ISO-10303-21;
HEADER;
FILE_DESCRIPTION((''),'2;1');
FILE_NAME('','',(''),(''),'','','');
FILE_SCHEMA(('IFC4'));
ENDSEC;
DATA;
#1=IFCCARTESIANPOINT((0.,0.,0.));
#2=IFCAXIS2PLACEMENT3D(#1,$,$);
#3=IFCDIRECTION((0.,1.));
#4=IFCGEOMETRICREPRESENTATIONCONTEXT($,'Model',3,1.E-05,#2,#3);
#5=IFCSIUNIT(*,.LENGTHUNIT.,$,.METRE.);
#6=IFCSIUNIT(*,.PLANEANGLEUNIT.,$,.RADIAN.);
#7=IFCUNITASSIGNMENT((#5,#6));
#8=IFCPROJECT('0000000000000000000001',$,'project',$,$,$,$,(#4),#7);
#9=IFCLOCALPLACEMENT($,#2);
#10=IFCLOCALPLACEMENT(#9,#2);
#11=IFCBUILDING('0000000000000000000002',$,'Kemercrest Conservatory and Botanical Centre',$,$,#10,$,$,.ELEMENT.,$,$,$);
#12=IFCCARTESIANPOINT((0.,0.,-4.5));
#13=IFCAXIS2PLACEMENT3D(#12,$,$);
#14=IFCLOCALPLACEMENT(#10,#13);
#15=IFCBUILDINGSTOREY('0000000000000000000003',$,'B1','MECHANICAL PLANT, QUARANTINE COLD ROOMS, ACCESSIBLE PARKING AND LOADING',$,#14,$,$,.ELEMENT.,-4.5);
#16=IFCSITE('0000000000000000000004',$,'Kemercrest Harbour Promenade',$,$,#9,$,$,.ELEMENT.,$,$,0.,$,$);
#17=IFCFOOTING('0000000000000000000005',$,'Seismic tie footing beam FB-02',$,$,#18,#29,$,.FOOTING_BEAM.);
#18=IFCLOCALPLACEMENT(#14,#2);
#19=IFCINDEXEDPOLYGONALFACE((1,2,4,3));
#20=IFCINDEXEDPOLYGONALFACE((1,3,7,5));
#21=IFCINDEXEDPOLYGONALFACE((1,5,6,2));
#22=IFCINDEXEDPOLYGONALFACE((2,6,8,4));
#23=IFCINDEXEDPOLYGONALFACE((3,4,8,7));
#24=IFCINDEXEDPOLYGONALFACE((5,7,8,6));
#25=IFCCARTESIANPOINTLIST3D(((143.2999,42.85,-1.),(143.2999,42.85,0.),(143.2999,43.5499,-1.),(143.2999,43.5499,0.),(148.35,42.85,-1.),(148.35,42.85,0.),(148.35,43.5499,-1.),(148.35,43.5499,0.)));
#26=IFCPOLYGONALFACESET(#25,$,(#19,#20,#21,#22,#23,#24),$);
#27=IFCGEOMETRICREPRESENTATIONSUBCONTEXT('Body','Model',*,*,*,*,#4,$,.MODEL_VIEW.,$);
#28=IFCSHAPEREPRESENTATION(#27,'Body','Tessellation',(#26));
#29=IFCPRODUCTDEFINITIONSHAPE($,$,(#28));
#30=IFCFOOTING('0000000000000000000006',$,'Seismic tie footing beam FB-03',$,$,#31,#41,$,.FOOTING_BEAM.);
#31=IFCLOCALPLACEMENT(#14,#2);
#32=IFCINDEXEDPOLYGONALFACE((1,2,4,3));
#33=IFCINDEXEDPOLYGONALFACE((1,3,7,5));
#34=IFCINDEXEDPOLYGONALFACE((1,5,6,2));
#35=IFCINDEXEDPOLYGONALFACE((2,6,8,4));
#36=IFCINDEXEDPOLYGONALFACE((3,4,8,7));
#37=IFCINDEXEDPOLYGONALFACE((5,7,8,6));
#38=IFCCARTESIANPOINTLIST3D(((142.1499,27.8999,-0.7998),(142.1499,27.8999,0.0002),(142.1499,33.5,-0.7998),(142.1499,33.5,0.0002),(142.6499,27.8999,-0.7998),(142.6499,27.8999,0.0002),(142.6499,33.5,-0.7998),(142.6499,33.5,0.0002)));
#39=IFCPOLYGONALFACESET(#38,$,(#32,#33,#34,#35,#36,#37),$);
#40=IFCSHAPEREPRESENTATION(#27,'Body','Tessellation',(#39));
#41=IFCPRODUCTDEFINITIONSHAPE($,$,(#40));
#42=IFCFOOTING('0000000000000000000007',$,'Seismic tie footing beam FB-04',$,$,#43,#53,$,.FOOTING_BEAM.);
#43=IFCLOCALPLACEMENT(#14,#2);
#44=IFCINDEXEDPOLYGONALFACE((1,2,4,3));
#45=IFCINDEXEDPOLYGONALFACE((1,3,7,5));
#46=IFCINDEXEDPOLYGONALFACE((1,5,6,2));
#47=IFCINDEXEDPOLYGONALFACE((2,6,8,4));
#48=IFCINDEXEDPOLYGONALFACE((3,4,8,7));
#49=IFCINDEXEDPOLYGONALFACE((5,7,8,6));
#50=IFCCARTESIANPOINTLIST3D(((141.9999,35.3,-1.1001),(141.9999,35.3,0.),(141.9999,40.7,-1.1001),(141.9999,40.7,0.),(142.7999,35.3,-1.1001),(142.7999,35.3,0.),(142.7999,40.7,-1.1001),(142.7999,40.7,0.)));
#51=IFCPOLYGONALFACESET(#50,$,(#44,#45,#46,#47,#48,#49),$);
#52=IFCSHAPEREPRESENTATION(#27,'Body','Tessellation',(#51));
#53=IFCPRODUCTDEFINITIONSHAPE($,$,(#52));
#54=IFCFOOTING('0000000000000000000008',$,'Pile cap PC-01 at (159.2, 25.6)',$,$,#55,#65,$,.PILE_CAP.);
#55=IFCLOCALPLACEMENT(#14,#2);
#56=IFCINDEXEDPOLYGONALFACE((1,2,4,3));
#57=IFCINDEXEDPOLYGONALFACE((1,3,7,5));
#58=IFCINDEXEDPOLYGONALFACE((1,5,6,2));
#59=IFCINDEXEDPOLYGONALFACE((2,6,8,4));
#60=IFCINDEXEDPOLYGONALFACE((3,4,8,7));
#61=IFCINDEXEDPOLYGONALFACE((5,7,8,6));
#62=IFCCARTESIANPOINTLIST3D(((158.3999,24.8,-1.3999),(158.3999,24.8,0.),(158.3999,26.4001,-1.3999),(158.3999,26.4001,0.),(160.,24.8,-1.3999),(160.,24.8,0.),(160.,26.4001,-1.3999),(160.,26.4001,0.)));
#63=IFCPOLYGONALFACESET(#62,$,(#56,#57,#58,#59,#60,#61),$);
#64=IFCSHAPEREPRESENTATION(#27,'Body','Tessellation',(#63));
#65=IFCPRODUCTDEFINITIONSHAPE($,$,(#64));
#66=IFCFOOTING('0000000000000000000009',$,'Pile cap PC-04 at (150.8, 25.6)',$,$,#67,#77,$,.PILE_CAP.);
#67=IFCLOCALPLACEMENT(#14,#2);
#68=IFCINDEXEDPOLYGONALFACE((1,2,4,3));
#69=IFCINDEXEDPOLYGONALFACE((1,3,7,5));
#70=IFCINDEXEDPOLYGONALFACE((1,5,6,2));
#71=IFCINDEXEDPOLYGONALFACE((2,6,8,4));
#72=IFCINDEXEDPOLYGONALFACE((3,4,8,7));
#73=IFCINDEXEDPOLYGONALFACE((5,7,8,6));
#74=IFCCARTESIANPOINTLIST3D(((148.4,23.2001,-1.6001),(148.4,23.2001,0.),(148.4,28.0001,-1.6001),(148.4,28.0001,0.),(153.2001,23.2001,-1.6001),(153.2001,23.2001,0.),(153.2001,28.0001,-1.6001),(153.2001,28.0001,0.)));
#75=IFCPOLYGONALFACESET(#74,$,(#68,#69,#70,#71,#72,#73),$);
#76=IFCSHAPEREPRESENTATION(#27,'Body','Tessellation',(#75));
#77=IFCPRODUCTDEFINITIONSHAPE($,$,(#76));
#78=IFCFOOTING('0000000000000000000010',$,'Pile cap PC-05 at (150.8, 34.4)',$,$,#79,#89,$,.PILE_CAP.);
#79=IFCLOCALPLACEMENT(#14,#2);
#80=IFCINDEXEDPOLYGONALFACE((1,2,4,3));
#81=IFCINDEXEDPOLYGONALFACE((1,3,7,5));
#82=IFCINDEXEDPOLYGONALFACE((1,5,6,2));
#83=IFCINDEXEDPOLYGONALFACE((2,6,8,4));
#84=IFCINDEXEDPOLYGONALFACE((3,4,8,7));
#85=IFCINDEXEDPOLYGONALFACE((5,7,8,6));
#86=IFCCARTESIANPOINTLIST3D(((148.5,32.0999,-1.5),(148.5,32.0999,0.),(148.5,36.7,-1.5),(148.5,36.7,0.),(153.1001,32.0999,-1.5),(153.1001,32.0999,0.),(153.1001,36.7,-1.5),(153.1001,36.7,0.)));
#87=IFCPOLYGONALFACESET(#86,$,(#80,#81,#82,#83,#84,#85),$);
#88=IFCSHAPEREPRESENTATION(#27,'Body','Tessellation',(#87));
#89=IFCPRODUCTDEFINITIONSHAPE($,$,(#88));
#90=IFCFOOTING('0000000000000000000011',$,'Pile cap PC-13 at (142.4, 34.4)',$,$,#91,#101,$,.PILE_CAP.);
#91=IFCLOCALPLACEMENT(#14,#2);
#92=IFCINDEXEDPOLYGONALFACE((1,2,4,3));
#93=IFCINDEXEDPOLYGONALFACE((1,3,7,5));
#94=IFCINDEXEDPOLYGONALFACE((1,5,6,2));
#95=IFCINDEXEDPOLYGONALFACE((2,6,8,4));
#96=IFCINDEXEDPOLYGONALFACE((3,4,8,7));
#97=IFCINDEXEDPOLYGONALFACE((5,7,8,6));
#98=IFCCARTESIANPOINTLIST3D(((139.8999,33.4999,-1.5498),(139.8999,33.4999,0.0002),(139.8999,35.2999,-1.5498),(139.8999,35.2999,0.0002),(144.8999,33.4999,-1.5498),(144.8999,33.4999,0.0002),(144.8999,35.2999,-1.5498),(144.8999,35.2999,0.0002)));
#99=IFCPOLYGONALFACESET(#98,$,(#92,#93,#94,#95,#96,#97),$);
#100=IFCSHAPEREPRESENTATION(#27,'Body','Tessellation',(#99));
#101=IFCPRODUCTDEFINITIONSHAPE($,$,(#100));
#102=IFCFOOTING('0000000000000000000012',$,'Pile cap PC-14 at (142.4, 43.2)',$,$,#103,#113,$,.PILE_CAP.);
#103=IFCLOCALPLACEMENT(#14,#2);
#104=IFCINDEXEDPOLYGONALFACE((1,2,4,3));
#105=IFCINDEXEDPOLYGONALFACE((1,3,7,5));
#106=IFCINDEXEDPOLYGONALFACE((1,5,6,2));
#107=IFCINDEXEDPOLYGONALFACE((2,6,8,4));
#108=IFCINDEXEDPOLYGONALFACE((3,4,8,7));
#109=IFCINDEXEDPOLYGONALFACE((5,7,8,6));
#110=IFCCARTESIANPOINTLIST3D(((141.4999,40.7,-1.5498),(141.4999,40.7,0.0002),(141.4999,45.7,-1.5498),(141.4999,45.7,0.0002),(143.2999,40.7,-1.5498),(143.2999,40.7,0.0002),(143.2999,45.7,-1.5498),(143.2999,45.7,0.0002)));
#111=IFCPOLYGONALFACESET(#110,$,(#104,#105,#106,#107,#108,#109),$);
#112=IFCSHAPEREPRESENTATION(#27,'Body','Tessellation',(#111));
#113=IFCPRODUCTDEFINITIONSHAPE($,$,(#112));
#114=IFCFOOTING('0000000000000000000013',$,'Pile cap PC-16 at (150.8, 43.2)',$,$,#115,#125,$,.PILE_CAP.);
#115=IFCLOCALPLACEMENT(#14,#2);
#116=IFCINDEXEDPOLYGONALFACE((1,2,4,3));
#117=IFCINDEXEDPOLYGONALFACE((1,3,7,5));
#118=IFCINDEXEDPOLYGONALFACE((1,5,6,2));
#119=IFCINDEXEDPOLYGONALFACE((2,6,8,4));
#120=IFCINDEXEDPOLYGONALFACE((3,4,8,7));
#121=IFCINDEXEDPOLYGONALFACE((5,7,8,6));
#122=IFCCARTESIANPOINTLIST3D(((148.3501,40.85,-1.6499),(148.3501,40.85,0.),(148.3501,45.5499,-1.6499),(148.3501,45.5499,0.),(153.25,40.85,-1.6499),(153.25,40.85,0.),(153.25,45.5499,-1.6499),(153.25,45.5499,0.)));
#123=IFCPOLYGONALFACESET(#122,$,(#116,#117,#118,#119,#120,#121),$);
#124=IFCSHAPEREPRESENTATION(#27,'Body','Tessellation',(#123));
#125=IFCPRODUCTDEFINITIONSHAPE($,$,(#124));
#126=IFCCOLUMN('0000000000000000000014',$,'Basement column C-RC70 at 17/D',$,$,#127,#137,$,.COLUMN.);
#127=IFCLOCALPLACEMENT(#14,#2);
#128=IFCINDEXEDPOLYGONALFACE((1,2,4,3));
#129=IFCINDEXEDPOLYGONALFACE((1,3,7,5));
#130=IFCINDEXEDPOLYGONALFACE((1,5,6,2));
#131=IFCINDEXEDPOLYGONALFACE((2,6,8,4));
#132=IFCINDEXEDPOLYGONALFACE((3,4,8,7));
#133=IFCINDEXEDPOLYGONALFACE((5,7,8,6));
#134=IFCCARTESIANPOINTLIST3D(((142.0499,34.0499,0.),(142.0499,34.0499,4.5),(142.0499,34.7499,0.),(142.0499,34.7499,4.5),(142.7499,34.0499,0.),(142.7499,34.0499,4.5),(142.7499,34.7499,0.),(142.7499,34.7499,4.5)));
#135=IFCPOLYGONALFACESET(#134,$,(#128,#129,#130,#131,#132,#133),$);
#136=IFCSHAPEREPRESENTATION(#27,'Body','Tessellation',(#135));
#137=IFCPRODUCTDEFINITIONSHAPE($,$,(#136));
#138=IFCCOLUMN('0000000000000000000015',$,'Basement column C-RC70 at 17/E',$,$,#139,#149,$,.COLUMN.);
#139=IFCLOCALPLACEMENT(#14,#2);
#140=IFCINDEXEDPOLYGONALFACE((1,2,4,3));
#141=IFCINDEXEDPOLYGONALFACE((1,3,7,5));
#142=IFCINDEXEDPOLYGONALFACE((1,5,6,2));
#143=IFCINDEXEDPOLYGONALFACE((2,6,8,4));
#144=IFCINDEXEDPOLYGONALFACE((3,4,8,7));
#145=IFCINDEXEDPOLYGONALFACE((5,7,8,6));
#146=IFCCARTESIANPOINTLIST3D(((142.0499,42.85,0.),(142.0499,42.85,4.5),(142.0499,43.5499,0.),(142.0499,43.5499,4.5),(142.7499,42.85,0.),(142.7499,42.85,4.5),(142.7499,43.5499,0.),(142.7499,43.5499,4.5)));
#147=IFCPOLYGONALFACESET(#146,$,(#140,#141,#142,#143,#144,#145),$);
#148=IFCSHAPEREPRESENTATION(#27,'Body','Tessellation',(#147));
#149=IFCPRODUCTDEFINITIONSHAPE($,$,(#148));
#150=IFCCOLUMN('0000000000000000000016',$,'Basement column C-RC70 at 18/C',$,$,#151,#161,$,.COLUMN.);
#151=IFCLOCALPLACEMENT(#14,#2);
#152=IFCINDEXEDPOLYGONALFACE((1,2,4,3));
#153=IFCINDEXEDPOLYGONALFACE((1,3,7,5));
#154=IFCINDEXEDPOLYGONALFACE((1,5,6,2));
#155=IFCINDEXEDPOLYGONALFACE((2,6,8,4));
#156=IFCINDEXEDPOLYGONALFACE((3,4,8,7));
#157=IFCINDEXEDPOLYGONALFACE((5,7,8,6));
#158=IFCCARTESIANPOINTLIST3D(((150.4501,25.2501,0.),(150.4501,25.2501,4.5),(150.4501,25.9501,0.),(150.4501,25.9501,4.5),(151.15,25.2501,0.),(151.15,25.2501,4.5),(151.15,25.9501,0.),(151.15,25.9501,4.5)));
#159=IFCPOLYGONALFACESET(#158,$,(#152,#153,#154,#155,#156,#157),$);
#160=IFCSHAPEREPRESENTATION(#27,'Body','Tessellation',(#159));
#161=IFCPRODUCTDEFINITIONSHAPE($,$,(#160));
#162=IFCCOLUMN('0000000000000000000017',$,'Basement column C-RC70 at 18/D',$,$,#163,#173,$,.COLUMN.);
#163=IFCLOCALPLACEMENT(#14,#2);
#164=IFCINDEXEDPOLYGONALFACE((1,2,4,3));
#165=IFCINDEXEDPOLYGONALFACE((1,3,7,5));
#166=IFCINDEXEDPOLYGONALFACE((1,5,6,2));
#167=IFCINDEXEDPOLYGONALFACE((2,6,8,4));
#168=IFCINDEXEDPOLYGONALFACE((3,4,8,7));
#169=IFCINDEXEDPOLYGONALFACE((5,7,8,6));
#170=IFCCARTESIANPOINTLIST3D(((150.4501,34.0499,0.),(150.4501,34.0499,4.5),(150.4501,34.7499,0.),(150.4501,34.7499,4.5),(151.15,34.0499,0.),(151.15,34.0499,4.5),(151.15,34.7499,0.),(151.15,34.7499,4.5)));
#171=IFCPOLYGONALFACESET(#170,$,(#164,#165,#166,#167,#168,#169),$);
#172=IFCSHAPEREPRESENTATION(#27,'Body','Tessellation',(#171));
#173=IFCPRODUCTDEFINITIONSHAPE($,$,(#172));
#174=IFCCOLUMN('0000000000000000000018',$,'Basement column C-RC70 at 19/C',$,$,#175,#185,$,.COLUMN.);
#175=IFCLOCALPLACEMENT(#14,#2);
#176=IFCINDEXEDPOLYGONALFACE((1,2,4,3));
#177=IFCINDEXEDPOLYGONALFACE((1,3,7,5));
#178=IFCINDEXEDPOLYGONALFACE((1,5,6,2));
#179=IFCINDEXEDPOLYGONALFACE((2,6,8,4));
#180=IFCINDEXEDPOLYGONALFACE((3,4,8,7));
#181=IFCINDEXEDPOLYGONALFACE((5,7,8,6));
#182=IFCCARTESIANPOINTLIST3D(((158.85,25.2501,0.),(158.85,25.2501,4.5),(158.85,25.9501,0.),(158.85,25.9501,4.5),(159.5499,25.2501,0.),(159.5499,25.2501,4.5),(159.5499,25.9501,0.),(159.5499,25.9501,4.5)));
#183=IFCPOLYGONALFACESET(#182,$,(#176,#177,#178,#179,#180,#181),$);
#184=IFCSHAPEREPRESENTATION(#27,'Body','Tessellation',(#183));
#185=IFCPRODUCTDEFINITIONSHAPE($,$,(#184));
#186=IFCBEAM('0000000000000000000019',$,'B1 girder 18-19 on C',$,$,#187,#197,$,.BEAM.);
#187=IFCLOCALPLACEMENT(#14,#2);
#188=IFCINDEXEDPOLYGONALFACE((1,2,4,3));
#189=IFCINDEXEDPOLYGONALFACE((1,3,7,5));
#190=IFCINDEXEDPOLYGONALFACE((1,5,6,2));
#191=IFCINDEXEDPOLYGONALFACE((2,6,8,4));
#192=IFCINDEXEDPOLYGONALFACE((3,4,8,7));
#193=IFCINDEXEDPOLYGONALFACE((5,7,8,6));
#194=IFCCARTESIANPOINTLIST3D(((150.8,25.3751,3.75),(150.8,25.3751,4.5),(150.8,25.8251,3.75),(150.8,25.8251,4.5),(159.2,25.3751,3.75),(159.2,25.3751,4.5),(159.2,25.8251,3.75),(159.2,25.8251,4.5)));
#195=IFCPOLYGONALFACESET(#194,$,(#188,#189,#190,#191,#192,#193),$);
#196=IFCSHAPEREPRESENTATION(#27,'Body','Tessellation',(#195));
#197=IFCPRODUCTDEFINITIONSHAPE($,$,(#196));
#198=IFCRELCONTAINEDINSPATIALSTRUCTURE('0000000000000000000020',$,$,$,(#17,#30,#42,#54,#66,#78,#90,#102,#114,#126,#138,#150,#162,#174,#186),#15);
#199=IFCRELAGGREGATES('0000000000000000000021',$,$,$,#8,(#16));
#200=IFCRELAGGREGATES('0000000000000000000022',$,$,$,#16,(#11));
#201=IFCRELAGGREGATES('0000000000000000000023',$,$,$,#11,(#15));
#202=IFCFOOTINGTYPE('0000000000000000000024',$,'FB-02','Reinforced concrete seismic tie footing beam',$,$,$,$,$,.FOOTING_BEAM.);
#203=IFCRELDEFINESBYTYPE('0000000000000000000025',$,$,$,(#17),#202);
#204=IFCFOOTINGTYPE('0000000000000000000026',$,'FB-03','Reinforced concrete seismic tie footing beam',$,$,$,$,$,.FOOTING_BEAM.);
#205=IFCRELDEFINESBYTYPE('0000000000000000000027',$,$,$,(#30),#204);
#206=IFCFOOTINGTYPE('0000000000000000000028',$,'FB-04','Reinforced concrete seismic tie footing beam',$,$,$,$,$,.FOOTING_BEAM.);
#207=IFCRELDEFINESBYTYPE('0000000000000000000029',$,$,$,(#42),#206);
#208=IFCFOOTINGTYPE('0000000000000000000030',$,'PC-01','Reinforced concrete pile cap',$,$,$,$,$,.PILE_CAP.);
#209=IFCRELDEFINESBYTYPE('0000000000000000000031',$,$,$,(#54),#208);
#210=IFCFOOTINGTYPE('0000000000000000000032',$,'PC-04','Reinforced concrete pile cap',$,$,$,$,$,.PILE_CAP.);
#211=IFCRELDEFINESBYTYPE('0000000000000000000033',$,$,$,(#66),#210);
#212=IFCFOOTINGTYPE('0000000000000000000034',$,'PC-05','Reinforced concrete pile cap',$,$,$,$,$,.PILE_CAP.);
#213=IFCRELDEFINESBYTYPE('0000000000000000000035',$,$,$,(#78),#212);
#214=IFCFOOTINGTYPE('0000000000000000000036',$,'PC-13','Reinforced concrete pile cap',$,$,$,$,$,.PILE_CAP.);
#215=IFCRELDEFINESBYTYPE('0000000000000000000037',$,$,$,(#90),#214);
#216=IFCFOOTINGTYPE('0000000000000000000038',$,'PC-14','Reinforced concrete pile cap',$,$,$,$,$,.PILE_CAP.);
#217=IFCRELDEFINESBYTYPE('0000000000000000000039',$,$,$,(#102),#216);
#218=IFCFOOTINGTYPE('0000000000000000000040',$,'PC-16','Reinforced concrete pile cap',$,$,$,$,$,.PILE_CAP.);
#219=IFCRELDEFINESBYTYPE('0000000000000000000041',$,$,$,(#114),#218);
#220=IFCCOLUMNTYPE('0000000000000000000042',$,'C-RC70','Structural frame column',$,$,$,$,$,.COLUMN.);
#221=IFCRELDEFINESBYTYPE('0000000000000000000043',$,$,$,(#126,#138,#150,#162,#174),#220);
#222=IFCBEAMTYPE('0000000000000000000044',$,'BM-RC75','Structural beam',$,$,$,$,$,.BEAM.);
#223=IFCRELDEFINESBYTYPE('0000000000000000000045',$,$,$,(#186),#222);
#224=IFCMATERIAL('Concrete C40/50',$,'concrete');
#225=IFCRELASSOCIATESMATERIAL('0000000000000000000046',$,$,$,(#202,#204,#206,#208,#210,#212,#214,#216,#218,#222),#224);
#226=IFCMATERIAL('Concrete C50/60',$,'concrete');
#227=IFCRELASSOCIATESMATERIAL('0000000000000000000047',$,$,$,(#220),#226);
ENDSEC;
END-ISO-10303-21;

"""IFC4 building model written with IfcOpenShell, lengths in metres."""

from ifc_helpers import new_model, si_unit, direction, frame, origin, origin_2d, place, context, subcontext, project, spatial, rectangle, extrude, material, material_profile, profile_set, type_object, element, save


model = new_model("IFC4")

# Units and contexts
model_context = context("Model", 3, precision=1e-05, world=origin(), true_north=direction((0.0, 1.0)))
body_context = subcontext(model_context, "Body", "Model", "MODEL_VIEW")
ifc_project = project(units=[si_unit("LENGTHUNIT", "METRE"), si_unit("PLANEANGLEUNIT", "RADIAN")], contexts=[model_context])

# Site, building, storey
site_placement = place(None, origin())
site = spatial("IfcSite", under=ifc_project, at=site_placement, Name="Kemercrest Harbour Promenade", CompositionType="ELEMENT", RefElevation=0.0)
building_placement = place(site_placement, origin())
building = spatial("IfcBuilding", under=site, at=building_placement, Name="Kemercrest Conservatory and Botanical Centre", CompositionType="ELEMENT")
storey_placement = place(building_placement, frame((0.0, 0.0, -4.5)))
storey = spatial("IfcBuildingStorey", under=building, at=storey_placement, Name="B1", Description="MECHANICAL PLANT, QUARANTINE COLD ROOMS, ACCESSIBLE PARKING AND LOADING", CompositionType="ELEMENT", Elevation=-4.5)

# Shared definitions
ifc_material_1 = material(Name="Concrete C40/50", Category="concrete")

# Footings
footing_type_1 = type_object("IfcFootingType", Name="FB-02", Description="Reinforced concrete seismic tie footing beam", PredefinedType="FOOTING_BEAM", material=ifc_material_1)
footing_1_placement = place(storey_placement, frame((145.825, 43.2, -1.0), z_axis=(0.0, 0.0, 1.0), x_axis=(1.0, 0.0, 0.0)))
element("IfcFooting", 1, at=footing_1_placement, inside=storey, type_object=footing_type_1, Name="Seismic tie footing beam FB-02", PredefinedType="FOOTING_BEAM", context=body_context, shape_type="SweptSolid", body=[
    extrude(rectangle(XDim=5.05, YDim=0.7, at=origin_2d()), origin(), (0.0, 0.0, 1.0), 1.0),
])
footing_type_2 = type_object("IfcFootingType", Name="FB-03", Description="Reinforced concrete seismic tie footing beam", PredefinedType="FOOTING_BEAM", material=ifc_material_1)
footing_2_placement = place(storey_placement, frame((142.3999, 30.7, -0.7998), z_axis=(0.0, 0.0, 1.0), x_axis=(1.0, 0.0, 0.0)))
element("IfcFooting", 2, at=footing_2_placement, inside=storey, type_object=footing_type_2, Name="Seismic tie footing beam FB-03", PredefinedType="FOOTING_BEAM", context=body_context, shape_type="SweptSolid", body=[
    extrude(rectangle(XDim=0.5, YDim=5.6001, at=origin_2d()), origin(), (0.0, 0.0, 1.0), 0.8),
])
footing_type_3 = type_object("IfcFootingType", Name="FB-04", Description="Reinforced concrete seismic tie footing beam", PredefinedType="FOOTING_BEAM", material=ifc_material_1)
footing_3_placement = place(storey_placement, frame((142.3999, 38.0, -1.1001), z_axis=(0.0, 0.0, 1.0), x_axis=(1.0, 0.0, 0.0)))
element("IfcFooting", 3, at=footing_3_placement, inside=storey, type_object=footing_type_3, Name="Seismic tie footing beam FB-04", PredefinedType="FOOTING_BEAM", context=body_context, shape_type="SweptSolid", body=[
    extrude(rectangle(XDim=0.8, YDim=5.3999, at=origin_2d()), origin(), (0.0, 0.0, 1.0), 1.1001),
])
footing_type_4 = type_object("IfcFootingType", Name="PC-01", Description="Reinforced concrete pile cap", PredefinedType="PILE_CAP", material=ifc_material_1)
footing_4_placement = place(storey_placement, frame((159.2, 25.6001, -1.3999), z_axis=(0.0, 0.0, 1.0), x_axis=(1.0, 0.0, 0.0)))
element("IfcFooting", 4, at=footing_4_placement, inside=storey, type_object=footing_type_4, Name="Pile cap PC-01 at (159.2, 25.6)", PredefinedType="PILE_CAP", context=body_context, shape_type="SweptSolid", body=[
    extrude(rectangle(XDim=1.6001, YDim=1.6001, at=origin_2d()), origin(), (0.0, 0.0, 1.0), 1.3999),
])
footing_type_5 = type_object("IfcFootingType", Name="PC-04", Description="Reinforced concrete pile cap", PredefinedType="PILE_CAP", material=ifc_material_1)
footing_5_placement = place(storey_placement, frame((150.8, 25.6001, -1.6001), z_axis=(0.0, 0.0, 1.0), x_axis=(1.0, 0.0, 0.0)))
element("IfcFooting", 5, at=footing_5_placement, inside=storey, type_object=footing_type_5, Name="Pile cap PC-04 at (150.8, 25.6)", PredefinedType="PILE_CAP", context=body_context, shape_type="SweptSolid", body=[
    extrude(rectangle(XDim=4.8, YDim=4.8, at=origin_2d()), origin(), (0.0, 0.0, 1.0), 1.6001),
])
footing_type_6 = type_object("IfcFootingType", Name="PC-05", Description="Reinforced concrete pile cap", PredefinedType="PILE_CAP", material=ifc_material_1)
footing_6_placement = place(storey_placement, frame((150.8, 34.3999, -1.5), z_axis=(0.0, 0.0, 1.0), x_axis=(1.0, 0.0, 0.0)))
element("IfcFooting", 6, at=footing_6_placement, inside=storey, type_object=footing_type_6, Name="Pile cap PC-05 at (150.8, 34.4)", PredefinedType="PILE_CAP", context=body_context, shape_type="SweptSolid", body=[
    extrude(rectangle(XDim=4.6001, YDim=4.6001, at=origin_2d()), origin(), (0.0, 0.0, 1.0), 1.5),
])
footing_type_7 = type_object("IfcFootingType", Name="PC-13", Description="Reinforced concrete pile cap", PredefinedType="PILE_CAP", material=ifc_material_1)
footing_7_placement = place(storey_placement, frame((142.3999, 34.3999, -1.5498), z_axis=(0.0, 0.0, 1.0), x_axis=(1.0, 0.0, 0.0)))
element("IfcFooting", 7, at=footing_7_placement, inside=storey, type_object=footing_type_7, Name="Pile cap PC-13 at (142.4, 34.4)", PredefinedType="PILE_CAP", context=body_context, shape_type="SweptSolid", body=[
    extrude(rectangle(XDim=5.0, YDim=1.8, at=origin_2d()), origin(), (0.0, 0.0, 1.0), 1.55),
])
footing_type_8 = type_object("IfcFootingType", Name="PC-14", Description="Reinforced concrete pile cap", PredefinedType="PILE_CAP", material=ifc_material_1)
footing_8_placement = place(storey_placement, frame((142.3999, 43.2, -1.5498), z_axis=(0.0, 0.0, 1.0), x_axis=(1.0, 0.0, 0.0)))
element("IfcFooting", 8, at=footing_8_placement, inside=storey, type_object=footing_type_8, Name="Pile cap PC-14 at (142.4, 43.2)", PredefinedType="PILE_CAP", context=body_context, shape_type="SweptSolid", body=[
    extrude(rectangle(XDim=1.8, YDim=5.0, at=origin_2d()), origin(), (0.0, 0.0, 1.0), 1.55),
])
footing_type_9 = type_object("IfcFootingType", Name="PC-16", Description="Reinforced concrete pile cap", PredefinedType="PILE_CAP", material=ifc_material_1)
footing_9_placement = place(storey_placement, frame((150.8, 43.2, -1.6499), z_axis=(0.0, 0.0, 1.0), x_axis=(1.0, 0.0, 0.0)))
element("IfcFooting", 9, at=footing_9_placement, inside=storey, type_object=footing_type_9, Name="Pile cap PC-16 at (150.8, 43.2)", PredefinedType="PILE_CAP", context=body_context, shape_type="SweptSolid", body=[
    extrude(rectangle(XDim=4.8999, YDim=4.7, at=origin_2d()), origin(), (0.0, 0.0, 1.0), 1.6499),
])

# Columns
ifc_material_2 = material(Name="Concrete C50/60", Category="concrete")
ifc_material_profile_1 = material_profile(ifc_material_2, rectangle(XDim=0.7, YDim=0.7, at=origin_2d()), Name="RC 700x700")
ifc_profile_set_1 = profile_set([ifc_material_profile_1], Name="Concrete C50/60")
column_type = type_object("IfcColumnType", Name="C-RC70", Description="Structural frame column", PredefinedType="COLUMN", material=ifc_profile_set_1)
for number, where, z_axis, x_axis, name in (
    (10, (142.3999, 34.3999, 0.0), (0.0, 0.0, 1.0), (1.0, 0.0, 0.0), "Basement column C-RC70 at 17/D"),
    (11, (142.3999, 43.2, 0.0), (0.0, 0.0, 1.0), (1.0, 0.0, 0.0), "Basement column C-RC70 at 17/E"),
    (12, (150.8, 25.6001, 0.0), (0.0, 0.0, 1.0), (1.0, 0.0, 0.0), "Basement column C-RC70 at 18/C"),
    (13, (150.8, 34.3999, 0.0), (0.0, 0.0, 1.0), (1.0, 0.0, 0.0), "Basement column C-RC70 at 18/D"),
    (14, (159.2, 25.6001, 0.0), (0.0, 0.0, 1.0), (1.0, 0.0, 0.0), "Basement column C-RC70 at 19/C"),
):
    element("IfcColumn", number, at=place(storey_placement, frame(where, z_axis=z_axis, x_axis=x_axis)), inside=storey, type_object=column_type, Name=name, PredefinedType="COLUMN", context=body_context, shape_type="SweptSolid", body=[
        extrude(rectangle(XDim=0.7, YDim=0.7, at=origin_2d()), origin(), (0.0, 0.0, 1.0), 4.5),
    ])

# Beam
ifc_material_profile_2 = material_profile(ifc_material_1, rectangle(XDim=0.45, YDim=0.75, at=origin_2d()), Name="RC 450x750")
ifc_profile_set_2 = profile_set([ifc_material_profile_2], Name="Concrete C40/50")
beam_type = type_object("IfcBeamType", Name="BM-RC75", Description="Structural beam", PredefinedType="BEAM", material=ifc_profile_set_2)
beam_1_placement = place(storey_placement, frame((150.8, 25.6001, 4.125), z_axis=(1.0, 0.0, 0.0), x_axis=(0.0, 1.0, 0.0)))
element("IfcBeam", 15, at=beam_1_placement, inside=storey, type_object=beam_type, Name="B1 girder 18-19 on C", PredefinedType="BEAM", context=body_context, shape_type="SweptSolid", body=[
    extrude(rectangle(XDim=0.45, YDim=0.75, at=origin_2d()), origin(), (0.0, 0.0, 1.0), 8.3999),
])

save(model, "model.ifc")
